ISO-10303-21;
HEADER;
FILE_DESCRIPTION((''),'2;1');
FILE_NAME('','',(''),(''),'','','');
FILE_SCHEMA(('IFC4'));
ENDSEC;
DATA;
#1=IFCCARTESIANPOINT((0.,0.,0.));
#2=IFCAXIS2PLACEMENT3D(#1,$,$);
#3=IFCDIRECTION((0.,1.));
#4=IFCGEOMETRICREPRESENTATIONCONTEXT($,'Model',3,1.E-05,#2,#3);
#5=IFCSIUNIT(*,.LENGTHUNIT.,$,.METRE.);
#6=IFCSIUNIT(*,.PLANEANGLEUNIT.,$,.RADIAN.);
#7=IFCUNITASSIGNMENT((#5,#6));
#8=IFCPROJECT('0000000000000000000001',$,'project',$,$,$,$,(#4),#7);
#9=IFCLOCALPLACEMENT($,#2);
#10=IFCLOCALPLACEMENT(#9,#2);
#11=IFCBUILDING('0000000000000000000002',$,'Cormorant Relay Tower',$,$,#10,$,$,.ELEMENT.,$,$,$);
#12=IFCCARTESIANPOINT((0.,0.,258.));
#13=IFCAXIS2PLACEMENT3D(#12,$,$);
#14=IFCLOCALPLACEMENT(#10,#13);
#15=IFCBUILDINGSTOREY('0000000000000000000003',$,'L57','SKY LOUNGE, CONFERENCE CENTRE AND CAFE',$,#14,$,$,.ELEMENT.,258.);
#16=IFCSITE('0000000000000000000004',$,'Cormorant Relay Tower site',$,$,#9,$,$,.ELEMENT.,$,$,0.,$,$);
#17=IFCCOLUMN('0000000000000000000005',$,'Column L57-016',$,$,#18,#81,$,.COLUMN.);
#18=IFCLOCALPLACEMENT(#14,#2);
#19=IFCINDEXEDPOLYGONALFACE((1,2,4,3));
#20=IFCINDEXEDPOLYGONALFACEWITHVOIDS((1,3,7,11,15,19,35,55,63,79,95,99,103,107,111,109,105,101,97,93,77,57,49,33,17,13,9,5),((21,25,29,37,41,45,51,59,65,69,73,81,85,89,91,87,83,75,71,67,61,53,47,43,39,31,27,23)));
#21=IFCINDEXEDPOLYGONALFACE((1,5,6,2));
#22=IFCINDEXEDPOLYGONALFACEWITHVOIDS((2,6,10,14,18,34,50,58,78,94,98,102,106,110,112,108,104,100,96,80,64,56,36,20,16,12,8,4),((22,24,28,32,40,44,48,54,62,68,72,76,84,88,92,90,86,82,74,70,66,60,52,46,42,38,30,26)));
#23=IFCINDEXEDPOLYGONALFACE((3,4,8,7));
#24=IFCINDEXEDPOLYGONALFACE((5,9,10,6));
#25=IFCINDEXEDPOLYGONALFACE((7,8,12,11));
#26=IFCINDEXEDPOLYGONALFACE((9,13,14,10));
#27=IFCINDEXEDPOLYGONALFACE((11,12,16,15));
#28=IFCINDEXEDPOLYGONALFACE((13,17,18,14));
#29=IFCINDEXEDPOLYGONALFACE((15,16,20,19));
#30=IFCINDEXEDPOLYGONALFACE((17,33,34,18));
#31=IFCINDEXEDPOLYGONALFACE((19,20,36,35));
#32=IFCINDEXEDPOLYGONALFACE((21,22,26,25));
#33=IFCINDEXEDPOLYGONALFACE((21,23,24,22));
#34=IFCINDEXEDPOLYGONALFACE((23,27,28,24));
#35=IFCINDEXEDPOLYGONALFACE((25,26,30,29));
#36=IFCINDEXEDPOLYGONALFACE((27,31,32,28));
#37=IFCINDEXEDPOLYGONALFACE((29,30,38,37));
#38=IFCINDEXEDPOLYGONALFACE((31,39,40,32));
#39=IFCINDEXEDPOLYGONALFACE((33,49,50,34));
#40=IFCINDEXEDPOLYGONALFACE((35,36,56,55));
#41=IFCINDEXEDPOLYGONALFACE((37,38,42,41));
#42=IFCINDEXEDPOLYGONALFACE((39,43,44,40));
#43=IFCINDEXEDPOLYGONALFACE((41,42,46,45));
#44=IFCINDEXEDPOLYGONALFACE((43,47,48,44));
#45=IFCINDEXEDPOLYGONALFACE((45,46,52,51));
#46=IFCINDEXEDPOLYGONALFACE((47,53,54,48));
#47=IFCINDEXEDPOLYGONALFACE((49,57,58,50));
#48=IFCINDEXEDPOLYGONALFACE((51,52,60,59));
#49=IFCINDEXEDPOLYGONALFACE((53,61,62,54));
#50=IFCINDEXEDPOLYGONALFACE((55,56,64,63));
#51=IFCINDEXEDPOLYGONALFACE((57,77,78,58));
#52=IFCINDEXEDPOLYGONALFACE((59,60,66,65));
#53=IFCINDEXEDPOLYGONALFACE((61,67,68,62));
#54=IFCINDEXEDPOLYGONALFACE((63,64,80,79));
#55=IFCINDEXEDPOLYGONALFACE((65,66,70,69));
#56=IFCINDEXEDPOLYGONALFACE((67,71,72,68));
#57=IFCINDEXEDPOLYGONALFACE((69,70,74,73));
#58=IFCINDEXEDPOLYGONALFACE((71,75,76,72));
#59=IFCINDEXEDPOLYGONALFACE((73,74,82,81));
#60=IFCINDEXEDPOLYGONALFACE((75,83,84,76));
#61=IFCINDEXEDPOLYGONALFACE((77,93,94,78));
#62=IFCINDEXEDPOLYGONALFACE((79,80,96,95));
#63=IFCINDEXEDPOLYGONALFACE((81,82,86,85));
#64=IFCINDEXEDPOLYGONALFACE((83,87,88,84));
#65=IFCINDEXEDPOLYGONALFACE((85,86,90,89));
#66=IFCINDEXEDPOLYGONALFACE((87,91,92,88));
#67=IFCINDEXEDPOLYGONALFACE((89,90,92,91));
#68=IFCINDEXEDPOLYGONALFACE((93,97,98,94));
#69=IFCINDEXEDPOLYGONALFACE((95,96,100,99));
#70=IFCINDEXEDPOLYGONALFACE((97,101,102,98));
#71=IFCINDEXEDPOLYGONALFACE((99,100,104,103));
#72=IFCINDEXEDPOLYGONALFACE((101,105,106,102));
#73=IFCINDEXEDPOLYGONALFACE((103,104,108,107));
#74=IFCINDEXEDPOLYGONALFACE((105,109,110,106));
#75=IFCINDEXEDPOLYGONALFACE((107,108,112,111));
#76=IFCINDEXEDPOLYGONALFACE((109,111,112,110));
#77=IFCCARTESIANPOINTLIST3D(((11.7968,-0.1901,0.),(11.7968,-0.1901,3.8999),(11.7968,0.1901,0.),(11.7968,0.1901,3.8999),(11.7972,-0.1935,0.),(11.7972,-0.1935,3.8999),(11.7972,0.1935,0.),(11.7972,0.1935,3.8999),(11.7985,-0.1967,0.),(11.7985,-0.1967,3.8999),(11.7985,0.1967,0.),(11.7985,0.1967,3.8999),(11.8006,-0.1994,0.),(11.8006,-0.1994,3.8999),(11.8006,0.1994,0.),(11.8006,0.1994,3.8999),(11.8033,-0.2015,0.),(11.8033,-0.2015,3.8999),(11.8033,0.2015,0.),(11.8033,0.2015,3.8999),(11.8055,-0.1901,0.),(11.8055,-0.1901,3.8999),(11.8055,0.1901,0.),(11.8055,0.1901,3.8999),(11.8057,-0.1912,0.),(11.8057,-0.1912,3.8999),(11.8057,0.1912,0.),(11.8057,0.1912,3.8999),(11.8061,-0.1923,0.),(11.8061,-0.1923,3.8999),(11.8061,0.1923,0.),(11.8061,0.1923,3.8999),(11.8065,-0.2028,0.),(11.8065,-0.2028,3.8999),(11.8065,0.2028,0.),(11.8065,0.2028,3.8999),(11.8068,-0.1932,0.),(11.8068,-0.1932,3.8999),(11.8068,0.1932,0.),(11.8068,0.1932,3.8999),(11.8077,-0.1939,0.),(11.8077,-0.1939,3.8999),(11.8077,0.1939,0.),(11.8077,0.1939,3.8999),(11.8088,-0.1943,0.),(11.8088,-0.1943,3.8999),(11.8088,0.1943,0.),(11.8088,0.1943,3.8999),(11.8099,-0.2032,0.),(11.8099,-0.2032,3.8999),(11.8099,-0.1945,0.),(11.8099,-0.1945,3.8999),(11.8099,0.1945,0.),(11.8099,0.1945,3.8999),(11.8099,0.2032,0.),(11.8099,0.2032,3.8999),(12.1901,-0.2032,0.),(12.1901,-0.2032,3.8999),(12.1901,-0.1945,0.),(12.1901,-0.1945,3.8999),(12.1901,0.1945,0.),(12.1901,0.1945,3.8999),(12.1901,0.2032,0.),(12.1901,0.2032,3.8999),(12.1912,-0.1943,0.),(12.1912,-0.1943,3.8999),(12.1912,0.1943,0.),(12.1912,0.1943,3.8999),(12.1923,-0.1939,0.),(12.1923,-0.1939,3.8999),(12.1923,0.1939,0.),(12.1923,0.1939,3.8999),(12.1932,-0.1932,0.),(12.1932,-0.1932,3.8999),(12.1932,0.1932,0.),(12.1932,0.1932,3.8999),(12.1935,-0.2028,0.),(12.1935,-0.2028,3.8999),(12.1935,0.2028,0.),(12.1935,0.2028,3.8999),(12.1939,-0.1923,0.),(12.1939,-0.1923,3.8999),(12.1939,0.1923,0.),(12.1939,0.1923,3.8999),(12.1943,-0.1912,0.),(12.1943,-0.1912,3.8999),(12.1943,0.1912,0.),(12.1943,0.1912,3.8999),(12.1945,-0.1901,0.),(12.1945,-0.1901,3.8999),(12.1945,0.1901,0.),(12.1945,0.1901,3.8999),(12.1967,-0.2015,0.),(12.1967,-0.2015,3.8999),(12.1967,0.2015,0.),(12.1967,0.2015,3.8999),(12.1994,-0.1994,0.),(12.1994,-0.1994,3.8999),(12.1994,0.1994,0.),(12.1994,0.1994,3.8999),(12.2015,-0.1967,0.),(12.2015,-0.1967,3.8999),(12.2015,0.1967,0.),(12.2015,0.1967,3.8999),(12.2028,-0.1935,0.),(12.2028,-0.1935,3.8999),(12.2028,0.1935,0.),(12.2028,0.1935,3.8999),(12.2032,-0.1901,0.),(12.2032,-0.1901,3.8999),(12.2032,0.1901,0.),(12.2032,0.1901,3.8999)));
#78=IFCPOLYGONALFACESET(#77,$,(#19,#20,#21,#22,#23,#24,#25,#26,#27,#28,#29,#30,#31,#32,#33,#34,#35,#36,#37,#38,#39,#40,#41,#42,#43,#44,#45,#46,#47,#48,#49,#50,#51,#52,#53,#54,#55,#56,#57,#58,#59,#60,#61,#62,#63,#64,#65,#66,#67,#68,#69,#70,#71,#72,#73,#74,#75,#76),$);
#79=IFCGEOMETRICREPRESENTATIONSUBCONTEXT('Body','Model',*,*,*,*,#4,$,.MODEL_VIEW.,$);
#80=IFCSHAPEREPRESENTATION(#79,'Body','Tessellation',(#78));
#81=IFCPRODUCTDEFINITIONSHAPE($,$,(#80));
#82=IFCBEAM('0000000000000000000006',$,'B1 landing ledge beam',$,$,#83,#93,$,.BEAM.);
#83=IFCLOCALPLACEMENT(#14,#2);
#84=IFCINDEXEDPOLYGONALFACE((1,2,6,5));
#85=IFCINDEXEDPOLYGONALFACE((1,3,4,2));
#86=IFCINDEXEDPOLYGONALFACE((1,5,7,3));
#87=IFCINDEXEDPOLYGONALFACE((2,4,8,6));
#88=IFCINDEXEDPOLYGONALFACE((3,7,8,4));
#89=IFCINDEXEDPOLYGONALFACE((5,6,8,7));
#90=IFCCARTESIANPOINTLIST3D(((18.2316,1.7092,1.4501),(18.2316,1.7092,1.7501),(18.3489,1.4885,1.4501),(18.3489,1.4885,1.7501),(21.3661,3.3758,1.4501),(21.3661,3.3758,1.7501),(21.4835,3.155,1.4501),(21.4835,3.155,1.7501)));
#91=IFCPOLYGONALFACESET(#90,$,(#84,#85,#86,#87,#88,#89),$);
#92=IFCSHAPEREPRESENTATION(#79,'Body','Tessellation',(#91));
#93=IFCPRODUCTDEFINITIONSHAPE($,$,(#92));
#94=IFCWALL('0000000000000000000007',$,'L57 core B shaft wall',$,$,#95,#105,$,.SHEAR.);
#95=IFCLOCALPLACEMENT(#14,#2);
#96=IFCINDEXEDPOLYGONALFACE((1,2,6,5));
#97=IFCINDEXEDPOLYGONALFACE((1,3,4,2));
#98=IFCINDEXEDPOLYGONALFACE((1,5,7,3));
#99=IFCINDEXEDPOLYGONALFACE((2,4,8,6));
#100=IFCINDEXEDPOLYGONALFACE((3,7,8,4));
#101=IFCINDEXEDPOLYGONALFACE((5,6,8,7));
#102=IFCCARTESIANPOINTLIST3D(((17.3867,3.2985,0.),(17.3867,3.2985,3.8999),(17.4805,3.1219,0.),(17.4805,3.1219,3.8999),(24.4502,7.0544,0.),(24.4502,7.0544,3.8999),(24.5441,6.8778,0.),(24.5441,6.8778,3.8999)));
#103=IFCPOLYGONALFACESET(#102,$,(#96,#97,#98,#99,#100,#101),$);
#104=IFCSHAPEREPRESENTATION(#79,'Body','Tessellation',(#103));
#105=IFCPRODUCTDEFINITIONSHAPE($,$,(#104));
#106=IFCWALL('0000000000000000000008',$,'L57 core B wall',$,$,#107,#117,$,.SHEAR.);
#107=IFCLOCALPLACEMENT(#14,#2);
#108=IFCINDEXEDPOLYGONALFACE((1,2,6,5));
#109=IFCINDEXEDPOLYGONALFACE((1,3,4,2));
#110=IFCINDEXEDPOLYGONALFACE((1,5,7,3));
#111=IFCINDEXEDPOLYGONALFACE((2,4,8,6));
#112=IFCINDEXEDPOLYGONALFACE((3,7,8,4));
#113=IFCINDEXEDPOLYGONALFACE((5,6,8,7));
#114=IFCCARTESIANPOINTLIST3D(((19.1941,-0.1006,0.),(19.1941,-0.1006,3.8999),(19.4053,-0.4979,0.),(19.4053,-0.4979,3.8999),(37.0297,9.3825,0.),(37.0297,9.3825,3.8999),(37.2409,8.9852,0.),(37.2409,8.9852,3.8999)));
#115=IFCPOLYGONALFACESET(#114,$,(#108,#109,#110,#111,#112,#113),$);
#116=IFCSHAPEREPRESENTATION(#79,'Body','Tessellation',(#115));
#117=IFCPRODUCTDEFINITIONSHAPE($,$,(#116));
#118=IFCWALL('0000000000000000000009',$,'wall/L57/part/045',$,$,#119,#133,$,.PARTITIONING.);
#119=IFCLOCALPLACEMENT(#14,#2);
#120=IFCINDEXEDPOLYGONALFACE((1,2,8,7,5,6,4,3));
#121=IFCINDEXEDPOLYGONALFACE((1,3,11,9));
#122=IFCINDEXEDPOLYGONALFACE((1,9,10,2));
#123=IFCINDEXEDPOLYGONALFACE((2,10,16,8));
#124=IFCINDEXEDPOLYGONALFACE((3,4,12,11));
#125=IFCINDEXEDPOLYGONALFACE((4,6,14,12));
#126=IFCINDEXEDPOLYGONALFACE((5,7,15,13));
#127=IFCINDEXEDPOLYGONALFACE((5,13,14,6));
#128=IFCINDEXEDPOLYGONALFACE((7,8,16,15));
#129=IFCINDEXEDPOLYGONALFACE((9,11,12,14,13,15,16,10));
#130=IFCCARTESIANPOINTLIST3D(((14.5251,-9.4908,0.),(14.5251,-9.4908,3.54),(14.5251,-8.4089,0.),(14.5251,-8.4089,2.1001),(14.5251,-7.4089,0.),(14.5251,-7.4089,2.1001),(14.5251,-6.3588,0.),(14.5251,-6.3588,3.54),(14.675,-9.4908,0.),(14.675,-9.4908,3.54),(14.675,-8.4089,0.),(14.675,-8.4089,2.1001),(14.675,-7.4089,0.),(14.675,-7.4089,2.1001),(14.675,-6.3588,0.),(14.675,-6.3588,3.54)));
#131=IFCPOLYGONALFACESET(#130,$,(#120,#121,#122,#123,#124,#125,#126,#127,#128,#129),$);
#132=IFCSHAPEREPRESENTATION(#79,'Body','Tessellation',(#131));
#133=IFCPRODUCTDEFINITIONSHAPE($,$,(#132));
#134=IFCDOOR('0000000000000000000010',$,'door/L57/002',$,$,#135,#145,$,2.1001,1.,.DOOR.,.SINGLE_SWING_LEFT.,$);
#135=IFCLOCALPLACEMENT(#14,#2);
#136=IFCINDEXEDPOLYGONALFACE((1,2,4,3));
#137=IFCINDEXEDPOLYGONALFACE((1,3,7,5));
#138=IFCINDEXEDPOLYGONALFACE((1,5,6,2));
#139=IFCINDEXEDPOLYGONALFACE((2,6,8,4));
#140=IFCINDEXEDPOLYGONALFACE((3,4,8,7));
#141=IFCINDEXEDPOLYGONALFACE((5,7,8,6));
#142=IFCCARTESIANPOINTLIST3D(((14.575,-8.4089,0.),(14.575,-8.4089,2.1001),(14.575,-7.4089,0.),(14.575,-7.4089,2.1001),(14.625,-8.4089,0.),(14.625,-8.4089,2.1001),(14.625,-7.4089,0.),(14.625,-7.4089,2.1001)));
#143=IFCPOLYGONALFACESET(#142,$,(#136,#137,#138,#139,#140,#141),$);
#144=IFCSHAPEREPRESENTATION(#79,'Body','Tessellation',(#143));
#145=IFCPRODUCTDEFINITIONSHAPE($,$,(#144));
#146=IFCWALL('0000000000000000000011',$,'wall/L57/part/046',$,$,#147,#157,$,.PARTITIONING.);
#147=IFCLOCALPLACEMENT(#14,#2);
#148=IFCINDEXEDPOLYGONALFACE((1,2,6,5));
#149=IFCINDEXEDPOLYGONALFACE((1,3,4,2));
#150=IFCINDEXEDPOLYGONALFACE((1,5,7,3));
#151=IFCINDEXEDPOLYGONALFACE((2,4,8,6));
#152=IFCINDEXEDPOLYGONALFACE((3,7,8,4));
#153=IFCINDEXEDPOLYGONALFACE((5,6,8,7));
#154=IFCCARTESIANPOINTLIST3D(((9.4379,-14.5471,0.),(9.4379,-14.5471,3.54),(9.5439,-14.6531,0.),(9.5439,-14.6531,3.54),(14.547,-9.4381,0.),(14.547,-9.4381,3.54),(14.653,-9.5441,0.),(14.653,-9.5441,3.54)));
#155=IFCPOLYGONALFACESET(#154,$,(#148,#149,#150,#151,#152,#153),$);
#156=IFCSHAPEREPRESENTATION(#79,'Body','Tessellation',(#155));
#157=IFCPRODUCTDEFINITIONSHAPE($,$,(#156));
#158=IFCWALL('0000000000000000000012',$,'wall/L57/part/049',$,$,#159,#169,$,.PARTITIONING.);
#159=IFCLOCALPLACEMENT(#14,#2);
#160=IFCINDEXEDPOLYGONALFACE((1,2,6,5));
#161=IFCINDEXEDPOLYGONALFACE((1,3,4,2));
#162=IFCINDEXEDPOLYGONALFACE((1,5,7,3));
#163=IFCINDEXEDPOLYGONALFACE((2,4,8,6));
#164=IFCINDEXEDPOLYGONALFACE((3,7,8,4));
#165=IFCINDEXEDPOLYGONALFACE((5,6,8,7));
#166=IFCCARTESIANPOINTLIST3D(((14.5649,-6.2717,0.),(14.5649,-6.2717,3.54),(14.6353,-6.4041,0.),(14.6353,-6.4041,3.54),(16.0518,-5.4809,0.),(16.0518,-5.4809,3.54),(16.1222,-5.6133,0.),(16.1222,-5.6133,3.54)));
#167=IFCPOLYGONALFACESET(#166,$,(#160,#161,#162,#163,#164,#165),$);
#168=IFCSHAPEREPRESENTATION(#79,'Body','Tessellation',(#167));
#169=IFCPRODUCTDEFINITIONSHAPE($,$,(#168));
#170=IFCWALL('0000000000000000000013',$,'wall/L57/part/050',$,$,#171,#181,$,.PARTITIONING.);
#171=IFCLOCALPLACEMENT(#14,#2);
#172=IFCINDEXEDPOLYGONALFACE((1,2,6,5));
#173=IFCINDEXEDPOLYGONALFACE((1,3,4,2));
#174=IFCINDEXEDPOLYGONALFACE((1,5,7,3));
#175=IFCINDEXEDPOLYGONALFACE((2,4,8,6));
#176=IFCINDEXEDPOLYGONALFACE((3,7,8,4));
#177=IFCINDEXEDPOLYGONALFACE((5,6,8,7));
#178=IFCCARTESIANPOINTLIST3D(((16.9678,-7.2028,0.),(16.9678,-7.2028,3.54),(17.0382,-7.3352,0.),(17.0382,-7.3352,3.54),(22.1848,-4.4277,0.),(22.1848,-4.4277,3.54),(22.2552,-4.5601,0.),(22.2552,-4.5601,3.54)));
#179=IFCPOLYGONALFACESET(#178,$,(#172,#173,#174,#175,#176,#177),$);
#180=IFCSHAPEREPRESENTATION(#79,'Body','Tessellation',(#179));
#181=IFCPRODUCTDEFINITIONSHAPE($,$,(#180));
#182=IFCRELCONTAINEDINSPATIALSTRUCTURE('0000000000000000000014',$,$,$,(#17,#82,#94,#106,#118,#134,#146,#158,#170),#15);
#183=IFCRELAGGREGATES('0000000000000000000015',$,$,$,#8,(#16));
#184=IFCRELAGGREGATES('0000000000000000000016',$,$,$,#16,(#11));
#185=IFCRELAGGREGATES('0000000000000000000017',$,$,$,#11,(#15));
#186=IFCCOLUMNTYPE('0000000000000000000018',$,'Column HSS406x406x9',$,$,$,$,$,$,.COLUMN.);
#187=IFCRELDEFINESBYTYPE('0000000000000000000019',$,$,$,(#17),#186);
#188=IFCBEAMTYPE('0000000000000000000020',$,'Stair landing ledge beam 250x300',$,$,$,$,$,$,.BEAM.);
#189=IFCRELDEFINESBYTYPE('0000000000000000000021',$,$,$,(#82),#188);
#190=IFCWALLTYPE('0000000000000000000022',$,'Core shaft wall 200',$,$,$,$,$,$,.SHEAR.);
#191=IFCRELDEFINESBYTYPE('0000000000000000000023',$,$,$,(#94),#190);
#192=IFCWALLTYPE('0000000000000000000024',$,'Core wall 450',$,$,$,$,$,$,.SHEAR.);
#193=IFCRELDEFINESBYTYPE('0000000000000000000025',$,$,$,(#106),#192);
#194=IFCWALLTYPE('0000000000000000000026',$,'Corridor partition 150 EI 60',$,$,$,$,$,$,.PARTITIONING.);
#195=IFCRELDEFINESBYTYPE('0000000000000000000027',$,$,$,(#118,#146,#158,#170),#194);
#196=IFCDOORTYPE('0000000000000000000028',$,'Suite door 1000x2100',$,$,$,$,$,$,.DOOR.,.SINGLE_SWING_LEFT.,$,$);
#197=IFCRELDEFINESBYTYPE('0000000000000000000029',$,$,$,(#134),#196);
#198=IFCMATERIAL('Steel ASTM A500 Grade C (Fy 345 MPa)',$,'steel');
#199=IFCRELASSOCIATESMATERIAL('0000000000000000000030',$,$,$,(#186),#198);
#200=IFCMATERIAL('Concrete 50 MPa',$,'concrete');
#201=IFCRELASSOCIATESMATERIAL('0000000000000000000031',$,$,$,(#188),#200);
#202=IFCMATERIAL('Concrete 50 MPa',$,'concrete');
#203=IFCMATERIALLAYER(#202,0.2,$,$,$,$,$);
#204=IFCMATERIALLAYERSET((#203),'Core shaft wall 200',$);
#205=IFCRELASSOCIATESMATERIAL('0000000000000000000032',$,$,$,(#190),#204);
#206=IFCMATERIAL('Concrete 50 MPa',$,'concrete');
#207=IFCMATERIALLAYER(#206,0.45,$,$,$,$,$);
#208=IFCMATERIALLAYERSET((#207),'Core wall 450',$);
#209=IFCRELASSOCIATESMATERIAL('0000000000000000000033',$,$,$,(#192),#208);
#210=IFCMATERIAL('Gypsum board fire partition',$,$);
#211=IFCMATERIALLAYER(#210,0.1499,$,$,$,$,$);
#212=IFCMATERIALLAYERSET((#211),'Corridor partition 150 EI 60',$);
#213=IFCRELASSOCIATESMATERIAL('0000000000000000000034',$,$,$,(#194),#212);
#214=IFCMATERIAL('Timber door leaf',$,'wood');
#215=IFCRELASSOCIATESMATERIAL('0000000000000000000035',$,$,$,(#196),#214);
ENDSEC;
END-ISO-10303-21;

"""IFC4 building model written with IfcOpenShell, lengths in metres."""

from ifc_helpers import new_model, si_unit, direction, frame, frame_2d, origin, origin_2d, place, context, subcontext, project, spatial, rectangle, hollow_rectangle, extrude, material, layer, layer_set, material_profile, profile_set, type_object, element, fill, save


model = new_model("IFC4")

# Units and contexts
model_context = context("Model", 3, precision=1e-05, world=origin(), true_north=direction((0.0, 1.0)))
body_context = subcontext(model_context, "Body", "Model", "MODEL_VIEW")
ifc_project = project(units=[si_unit("LENGTHUNIT", "METRE"), si_unit("PLANEANGLEUNIT", "RADIAN")], contexts=[model_context])

# Site, building, storey
site_placement = place(None, origin())
site = spatial("IfcSite", under=ifc_project, at=site_placement, Name="Cormorant Relay Tower site", CompositionType="ELEMENT", RefElevation=0.0)
building_placement = place(site_placement, origin())
building = spatial("IfcBuilding", under=site, at=building_placement, Name="Cormorant Relay Tower", CompositionType="ELEMENT")
storey_placement = place(building_placement, frame((0.0, 0.0, 258.0)))
storey = spatial("IfcBuildingStorey", under=building, at=storey_placement, Name="L57", Description="SKY LOUNGE, CONFERENCE CENTRE AND CAFE", CompositionType="ELEMENT", Elevation=258.0)

# Column
ifc_material_1 = material(Name="Steel ASTM A500 Grade C (Fy 345 MPa)", Category="steel")
ifc_material_profile_1 = material_profile(ifc_material_1, hollow_rectangle(XDim=0.4065, YDim=0.4065, WallThickness=0.0088, InnerFilletRadius=0.0044, OuterFilletRadius=0.0132, at=origin_2d()), Name="HSS406x406x9")
ifc_profile_set_1 = profile_set([ifc_material_profile_1], Name="Steel ASTM A500 Grade C (Fy 345 MPa)")
column_type = type_object("IfcColumnType", Name="Column HSS406x406x9", PredefinedType="COLUMN", material=ifc_profile_set_1)
column_placement = place(storey_placement, frame((12.0, 0.0, 0.0), z_axis=(0.0, 0.0, 1.0), x_axis=(1.0, 0.0, 0.0)))
element("IfcColumn", 1, at=column_placement, inside=storey, type_object=column_type, Name="Column L57-016", PredefinedType="COLUMN", context=body_context, shape_type="SweptSolid", body=[
    extrude(hollow_rectangle(XDim=0.4065, YDim=0.4065, WallThickness=0.0088, InnerFilletRadius=0.0044, OuterFilletRadius=0.0132, at=origin_2d()), origin(), (0.0, 0.0, 1.0), 3.8999),
])

# Beam
ifc_material_2 = material(Name="Concrete 50 MPa", Category="concrete")
ifc_material_profile_2 = material_profile(ifc_material_2, rectangle(XDim=0.25, YDim=0.3, at=origin_2d()), Name="RC 250x300")
ifc_profile_set_2 = profile_set([ifc_material_profile_2], Name="Concrete 50 MPa")
beam_type = type_object("IfcBeamType", Name="Stair landing ledge beam 250x300", PredefinedType="BEAM", material=ifc_profile_set_2)
beam_placement = place(storey_placement, frame((21.4248, 3.2654, 1.6001), z_axis=(-0.882965, -0.469438, 0.0), x_axis=(0.469438, -0.882965, 0.0)))
element("IfcBeam", 2, at=beam_placement, inside=storey, type_object=beam_type, Name="B1 landing ledge beam", PredefinedType="BEAM", context=body_context, shape_type="SweptSolid", body=[
    extrude(rectangle(XDim=0.25, YDim=0.3, at=origin_2d()), origin(), (0.0, 0.0, 1.0), 3.55),
])

# Wall
ifc_material_3 = material(Name="Concrete 50 MPa", Category="concrete")
ifc_layer_1 = layer(ifc_material_3, 0.2)
ifc_layer_set_1 = layer_set([ifc_layer_1], Name="Core shaft wall 200")
wall_type_1 = type_object("IfcWallType", Name="Core shaft wall 200", PredefinedType="SHEAR", material=ifc_layer_set_1)
wall_1_placement = place(storey_placement, frame((17.4336, 3.2102, 0.0), z_axis=(0.0, 0.0, 1.0), x_axis=(0.88294, 0.469485, 0.0)))
element("IfcWall", 3, at=wall_1_placement, inside=storey, type_object=wall_type_1, Name="L57 core B shaft wall", PredefinedType="SHEAR", context=body_context, shape_type="SweptSolid", body=[
    extrude(rectangle(XDim=8.0, YDim=0.2, at=frame_2d((4.0, 0.0))), origin(), (0.0, 0.0, 1.0), 3.8999),
])

# Shared definitions
ifc_material_4 = material(Name="Concrete 50 MPa", Category="concrete")
ifc_layer_2 = layer(ifc_material_4, 0.45)
ifc_layer_set_2 = layer_set([ifc_layer_2], Name="Core wall 450")
wall_type_2 = type_object("IfcWallType", Name="Core wall 450", PredefinedType="SHEAR", material=ifc_layer_set_2)

# Wall
wall_2_placement = place(storey_placement, frame((19.2996, -0.2993, 0.0), z_axis=(0.0, 0.0, 1.0), x_axis=(0.882953, 0.469462, 0.0)))
element("IfcWall", 4, at=wall_2_placement, inside=storey, type_object=wall_type_2, Name="L57 core B wall", PredefinedType="SHEAR", context=body_context, shape_type="SweptSolid", body=[
    extrude(rectangle(XDim=20.2, YDim=0.45, at=frame_2d((10.1001, 0.0))), origin(), (0.0, 0.0, 1.0), 3.8999),
])

# Wall, opening, door
ifc_material_5 = material(Name="Gypsum board fire partition")
ifc_layer_3 = layer(ifc_material_5, 0.1499)
ifc_layer_set_3 = layer_set([ifc_layer_3], Name="Corridor partition 150 EI 60")
wall_type_3 = type_object("IfcWallType", Name="Corridor partition 150 EI 60", PredefinedType="PARTITIONING", material=ifc_layer_set_3)
wall_3_placement = place(storey_placement, frame((14.6001, -6.3589, 0.0), z_axis=(0.0, 0.0, 1.0), x_axis=(0.0, -1.0, 0.0)))
wall_3 = element("IfcWall", 5, at=wall_3_placement, inside=storey, type_object=wall_type_3, Name="wall/L57/part/045", PredefinedType="PARTITIONING", context=body_context, shape_type="SweptSolid", body=[
    extrude(rectangle(XDim=3.1321, YDim=0.1499, at=frame_2d((1.5659, 0.0))), origin(), (0.0, 0.0, 1.0), 3.54),
])
opening_1_placement = place(wall_3_placement, frame((1.05, 0.0, 0.0)))
opening_1 = element("IfcOpeningElement", 6, at=opening_1_placement, cuts=wall_3, PredefinedType="OPENING", context=body_context, shape_type="SweptSolid", body=[
    extrude(rectangle(XDim=1.0, YDim=2.1001, at=frame_2d((0.5, 1.05))), frame((0.0, 0.085, 0.0), z_axis=(0.0, -1.0, 0.0), x_axis=(1.0, 0.0, 0.0)), (0.0, 0.0, 1.0), 0.1699),
])
ifc_material_6 = material(Name="Timber door leaf", Category="wood")
door_type_1 = type_object("IfcDoorType", Name="Suite door 1000x2100", OperationType="SINGLE_SWING_LEFT", PredefinedType="DOOR", material=ifc_material_6)
door_1_placement = place(opening_1_placement, origin())
door_1 = element("IfcDoor", 7, at=door_1_placement, inside=storey, type_object=door_type_1, Name="door/L57/002", OperationType="SINGLE_SWING_LEFT", OverallHeight=2.1001, OverallWidth=1.0, PredefinedType="DOOR", context=body_context, shape_type="SweptSolid", body=[
    extrude(rectangle(XDim=1.0, YDim=2.1001, at=frame_2d((0.5, 1.05))), frame((0.0, 0.0249, 0.0), z_axis=(0.0, -1.0, 0.0), x_axis=(1.0, 0.0, 0.0)), (0.0, 0.0, 1.0), 0.05),
])
fill(opening_1, door_1)

# Walls
wall_4_placement = place(storey_placement, frame((14.6001, -9.491, 0.0), z_axis=(0.0, 0.0, 1.0), x_axis=(-0.707107, -0.707107, 0.0)))
element("IfcWall", 8, at=wall_4_placement, inside=storey, type_object=wall_type_3, Name="wall/L57/part/046", PredefinedType="PARTITIONING", context=body_context, shape_type="SweptSolid", body=[
    extrude(rectangle(XDim=7.2253, YDim=0.1499, at=frame_2d((3.6128, 0.0))), origin(), (0.0, 0.0, 1.0), 3.54),
])
wall_5_placement = place(storey_placement, frame((14.6001, -6.3379, 0.0), z_axis=(0.0, 0.0, 1.0), x_axis=(0.882894, 0.469572, 0.0)))
element("IfcWall", 9, at=wall_5_placement, inside=storey, type_object=wall_type_3, Name="wall/L57/part/049", PredefinedType="PARTITIONING", context=body_context, shape_type="SweptSolid", body=[
    extrude(rectangle(XDim=1.6841, YDim=0.1499, at=frame_2d((0.842, 0.0))), origin(), (0.0, 0.0, 1.0), 3.54),
])
wall_6_placement = place(storey_placement, frame((22.22, -4.4939, 0.0), z_axis=(0.0, 0.0, 1.0), x_axis=(-0.882864, -0.469629, 0.0)))
element("IfcWall", 10, at=wall_6_placement, inside=storey, type_object=wall_type_3, Name="wall/L57/part/050", PredefinedType="PARTITIONING", context=body_context, shape_type="SweptSolid", body=[
    extrude(rectangle(XDim=5.9092, YDim=0.1499, at=frame_2d((2.9546, 0.0))), origin(), (0.0, 0.0, 1.0), 3.54),
])

save(model, "model.ifc")
